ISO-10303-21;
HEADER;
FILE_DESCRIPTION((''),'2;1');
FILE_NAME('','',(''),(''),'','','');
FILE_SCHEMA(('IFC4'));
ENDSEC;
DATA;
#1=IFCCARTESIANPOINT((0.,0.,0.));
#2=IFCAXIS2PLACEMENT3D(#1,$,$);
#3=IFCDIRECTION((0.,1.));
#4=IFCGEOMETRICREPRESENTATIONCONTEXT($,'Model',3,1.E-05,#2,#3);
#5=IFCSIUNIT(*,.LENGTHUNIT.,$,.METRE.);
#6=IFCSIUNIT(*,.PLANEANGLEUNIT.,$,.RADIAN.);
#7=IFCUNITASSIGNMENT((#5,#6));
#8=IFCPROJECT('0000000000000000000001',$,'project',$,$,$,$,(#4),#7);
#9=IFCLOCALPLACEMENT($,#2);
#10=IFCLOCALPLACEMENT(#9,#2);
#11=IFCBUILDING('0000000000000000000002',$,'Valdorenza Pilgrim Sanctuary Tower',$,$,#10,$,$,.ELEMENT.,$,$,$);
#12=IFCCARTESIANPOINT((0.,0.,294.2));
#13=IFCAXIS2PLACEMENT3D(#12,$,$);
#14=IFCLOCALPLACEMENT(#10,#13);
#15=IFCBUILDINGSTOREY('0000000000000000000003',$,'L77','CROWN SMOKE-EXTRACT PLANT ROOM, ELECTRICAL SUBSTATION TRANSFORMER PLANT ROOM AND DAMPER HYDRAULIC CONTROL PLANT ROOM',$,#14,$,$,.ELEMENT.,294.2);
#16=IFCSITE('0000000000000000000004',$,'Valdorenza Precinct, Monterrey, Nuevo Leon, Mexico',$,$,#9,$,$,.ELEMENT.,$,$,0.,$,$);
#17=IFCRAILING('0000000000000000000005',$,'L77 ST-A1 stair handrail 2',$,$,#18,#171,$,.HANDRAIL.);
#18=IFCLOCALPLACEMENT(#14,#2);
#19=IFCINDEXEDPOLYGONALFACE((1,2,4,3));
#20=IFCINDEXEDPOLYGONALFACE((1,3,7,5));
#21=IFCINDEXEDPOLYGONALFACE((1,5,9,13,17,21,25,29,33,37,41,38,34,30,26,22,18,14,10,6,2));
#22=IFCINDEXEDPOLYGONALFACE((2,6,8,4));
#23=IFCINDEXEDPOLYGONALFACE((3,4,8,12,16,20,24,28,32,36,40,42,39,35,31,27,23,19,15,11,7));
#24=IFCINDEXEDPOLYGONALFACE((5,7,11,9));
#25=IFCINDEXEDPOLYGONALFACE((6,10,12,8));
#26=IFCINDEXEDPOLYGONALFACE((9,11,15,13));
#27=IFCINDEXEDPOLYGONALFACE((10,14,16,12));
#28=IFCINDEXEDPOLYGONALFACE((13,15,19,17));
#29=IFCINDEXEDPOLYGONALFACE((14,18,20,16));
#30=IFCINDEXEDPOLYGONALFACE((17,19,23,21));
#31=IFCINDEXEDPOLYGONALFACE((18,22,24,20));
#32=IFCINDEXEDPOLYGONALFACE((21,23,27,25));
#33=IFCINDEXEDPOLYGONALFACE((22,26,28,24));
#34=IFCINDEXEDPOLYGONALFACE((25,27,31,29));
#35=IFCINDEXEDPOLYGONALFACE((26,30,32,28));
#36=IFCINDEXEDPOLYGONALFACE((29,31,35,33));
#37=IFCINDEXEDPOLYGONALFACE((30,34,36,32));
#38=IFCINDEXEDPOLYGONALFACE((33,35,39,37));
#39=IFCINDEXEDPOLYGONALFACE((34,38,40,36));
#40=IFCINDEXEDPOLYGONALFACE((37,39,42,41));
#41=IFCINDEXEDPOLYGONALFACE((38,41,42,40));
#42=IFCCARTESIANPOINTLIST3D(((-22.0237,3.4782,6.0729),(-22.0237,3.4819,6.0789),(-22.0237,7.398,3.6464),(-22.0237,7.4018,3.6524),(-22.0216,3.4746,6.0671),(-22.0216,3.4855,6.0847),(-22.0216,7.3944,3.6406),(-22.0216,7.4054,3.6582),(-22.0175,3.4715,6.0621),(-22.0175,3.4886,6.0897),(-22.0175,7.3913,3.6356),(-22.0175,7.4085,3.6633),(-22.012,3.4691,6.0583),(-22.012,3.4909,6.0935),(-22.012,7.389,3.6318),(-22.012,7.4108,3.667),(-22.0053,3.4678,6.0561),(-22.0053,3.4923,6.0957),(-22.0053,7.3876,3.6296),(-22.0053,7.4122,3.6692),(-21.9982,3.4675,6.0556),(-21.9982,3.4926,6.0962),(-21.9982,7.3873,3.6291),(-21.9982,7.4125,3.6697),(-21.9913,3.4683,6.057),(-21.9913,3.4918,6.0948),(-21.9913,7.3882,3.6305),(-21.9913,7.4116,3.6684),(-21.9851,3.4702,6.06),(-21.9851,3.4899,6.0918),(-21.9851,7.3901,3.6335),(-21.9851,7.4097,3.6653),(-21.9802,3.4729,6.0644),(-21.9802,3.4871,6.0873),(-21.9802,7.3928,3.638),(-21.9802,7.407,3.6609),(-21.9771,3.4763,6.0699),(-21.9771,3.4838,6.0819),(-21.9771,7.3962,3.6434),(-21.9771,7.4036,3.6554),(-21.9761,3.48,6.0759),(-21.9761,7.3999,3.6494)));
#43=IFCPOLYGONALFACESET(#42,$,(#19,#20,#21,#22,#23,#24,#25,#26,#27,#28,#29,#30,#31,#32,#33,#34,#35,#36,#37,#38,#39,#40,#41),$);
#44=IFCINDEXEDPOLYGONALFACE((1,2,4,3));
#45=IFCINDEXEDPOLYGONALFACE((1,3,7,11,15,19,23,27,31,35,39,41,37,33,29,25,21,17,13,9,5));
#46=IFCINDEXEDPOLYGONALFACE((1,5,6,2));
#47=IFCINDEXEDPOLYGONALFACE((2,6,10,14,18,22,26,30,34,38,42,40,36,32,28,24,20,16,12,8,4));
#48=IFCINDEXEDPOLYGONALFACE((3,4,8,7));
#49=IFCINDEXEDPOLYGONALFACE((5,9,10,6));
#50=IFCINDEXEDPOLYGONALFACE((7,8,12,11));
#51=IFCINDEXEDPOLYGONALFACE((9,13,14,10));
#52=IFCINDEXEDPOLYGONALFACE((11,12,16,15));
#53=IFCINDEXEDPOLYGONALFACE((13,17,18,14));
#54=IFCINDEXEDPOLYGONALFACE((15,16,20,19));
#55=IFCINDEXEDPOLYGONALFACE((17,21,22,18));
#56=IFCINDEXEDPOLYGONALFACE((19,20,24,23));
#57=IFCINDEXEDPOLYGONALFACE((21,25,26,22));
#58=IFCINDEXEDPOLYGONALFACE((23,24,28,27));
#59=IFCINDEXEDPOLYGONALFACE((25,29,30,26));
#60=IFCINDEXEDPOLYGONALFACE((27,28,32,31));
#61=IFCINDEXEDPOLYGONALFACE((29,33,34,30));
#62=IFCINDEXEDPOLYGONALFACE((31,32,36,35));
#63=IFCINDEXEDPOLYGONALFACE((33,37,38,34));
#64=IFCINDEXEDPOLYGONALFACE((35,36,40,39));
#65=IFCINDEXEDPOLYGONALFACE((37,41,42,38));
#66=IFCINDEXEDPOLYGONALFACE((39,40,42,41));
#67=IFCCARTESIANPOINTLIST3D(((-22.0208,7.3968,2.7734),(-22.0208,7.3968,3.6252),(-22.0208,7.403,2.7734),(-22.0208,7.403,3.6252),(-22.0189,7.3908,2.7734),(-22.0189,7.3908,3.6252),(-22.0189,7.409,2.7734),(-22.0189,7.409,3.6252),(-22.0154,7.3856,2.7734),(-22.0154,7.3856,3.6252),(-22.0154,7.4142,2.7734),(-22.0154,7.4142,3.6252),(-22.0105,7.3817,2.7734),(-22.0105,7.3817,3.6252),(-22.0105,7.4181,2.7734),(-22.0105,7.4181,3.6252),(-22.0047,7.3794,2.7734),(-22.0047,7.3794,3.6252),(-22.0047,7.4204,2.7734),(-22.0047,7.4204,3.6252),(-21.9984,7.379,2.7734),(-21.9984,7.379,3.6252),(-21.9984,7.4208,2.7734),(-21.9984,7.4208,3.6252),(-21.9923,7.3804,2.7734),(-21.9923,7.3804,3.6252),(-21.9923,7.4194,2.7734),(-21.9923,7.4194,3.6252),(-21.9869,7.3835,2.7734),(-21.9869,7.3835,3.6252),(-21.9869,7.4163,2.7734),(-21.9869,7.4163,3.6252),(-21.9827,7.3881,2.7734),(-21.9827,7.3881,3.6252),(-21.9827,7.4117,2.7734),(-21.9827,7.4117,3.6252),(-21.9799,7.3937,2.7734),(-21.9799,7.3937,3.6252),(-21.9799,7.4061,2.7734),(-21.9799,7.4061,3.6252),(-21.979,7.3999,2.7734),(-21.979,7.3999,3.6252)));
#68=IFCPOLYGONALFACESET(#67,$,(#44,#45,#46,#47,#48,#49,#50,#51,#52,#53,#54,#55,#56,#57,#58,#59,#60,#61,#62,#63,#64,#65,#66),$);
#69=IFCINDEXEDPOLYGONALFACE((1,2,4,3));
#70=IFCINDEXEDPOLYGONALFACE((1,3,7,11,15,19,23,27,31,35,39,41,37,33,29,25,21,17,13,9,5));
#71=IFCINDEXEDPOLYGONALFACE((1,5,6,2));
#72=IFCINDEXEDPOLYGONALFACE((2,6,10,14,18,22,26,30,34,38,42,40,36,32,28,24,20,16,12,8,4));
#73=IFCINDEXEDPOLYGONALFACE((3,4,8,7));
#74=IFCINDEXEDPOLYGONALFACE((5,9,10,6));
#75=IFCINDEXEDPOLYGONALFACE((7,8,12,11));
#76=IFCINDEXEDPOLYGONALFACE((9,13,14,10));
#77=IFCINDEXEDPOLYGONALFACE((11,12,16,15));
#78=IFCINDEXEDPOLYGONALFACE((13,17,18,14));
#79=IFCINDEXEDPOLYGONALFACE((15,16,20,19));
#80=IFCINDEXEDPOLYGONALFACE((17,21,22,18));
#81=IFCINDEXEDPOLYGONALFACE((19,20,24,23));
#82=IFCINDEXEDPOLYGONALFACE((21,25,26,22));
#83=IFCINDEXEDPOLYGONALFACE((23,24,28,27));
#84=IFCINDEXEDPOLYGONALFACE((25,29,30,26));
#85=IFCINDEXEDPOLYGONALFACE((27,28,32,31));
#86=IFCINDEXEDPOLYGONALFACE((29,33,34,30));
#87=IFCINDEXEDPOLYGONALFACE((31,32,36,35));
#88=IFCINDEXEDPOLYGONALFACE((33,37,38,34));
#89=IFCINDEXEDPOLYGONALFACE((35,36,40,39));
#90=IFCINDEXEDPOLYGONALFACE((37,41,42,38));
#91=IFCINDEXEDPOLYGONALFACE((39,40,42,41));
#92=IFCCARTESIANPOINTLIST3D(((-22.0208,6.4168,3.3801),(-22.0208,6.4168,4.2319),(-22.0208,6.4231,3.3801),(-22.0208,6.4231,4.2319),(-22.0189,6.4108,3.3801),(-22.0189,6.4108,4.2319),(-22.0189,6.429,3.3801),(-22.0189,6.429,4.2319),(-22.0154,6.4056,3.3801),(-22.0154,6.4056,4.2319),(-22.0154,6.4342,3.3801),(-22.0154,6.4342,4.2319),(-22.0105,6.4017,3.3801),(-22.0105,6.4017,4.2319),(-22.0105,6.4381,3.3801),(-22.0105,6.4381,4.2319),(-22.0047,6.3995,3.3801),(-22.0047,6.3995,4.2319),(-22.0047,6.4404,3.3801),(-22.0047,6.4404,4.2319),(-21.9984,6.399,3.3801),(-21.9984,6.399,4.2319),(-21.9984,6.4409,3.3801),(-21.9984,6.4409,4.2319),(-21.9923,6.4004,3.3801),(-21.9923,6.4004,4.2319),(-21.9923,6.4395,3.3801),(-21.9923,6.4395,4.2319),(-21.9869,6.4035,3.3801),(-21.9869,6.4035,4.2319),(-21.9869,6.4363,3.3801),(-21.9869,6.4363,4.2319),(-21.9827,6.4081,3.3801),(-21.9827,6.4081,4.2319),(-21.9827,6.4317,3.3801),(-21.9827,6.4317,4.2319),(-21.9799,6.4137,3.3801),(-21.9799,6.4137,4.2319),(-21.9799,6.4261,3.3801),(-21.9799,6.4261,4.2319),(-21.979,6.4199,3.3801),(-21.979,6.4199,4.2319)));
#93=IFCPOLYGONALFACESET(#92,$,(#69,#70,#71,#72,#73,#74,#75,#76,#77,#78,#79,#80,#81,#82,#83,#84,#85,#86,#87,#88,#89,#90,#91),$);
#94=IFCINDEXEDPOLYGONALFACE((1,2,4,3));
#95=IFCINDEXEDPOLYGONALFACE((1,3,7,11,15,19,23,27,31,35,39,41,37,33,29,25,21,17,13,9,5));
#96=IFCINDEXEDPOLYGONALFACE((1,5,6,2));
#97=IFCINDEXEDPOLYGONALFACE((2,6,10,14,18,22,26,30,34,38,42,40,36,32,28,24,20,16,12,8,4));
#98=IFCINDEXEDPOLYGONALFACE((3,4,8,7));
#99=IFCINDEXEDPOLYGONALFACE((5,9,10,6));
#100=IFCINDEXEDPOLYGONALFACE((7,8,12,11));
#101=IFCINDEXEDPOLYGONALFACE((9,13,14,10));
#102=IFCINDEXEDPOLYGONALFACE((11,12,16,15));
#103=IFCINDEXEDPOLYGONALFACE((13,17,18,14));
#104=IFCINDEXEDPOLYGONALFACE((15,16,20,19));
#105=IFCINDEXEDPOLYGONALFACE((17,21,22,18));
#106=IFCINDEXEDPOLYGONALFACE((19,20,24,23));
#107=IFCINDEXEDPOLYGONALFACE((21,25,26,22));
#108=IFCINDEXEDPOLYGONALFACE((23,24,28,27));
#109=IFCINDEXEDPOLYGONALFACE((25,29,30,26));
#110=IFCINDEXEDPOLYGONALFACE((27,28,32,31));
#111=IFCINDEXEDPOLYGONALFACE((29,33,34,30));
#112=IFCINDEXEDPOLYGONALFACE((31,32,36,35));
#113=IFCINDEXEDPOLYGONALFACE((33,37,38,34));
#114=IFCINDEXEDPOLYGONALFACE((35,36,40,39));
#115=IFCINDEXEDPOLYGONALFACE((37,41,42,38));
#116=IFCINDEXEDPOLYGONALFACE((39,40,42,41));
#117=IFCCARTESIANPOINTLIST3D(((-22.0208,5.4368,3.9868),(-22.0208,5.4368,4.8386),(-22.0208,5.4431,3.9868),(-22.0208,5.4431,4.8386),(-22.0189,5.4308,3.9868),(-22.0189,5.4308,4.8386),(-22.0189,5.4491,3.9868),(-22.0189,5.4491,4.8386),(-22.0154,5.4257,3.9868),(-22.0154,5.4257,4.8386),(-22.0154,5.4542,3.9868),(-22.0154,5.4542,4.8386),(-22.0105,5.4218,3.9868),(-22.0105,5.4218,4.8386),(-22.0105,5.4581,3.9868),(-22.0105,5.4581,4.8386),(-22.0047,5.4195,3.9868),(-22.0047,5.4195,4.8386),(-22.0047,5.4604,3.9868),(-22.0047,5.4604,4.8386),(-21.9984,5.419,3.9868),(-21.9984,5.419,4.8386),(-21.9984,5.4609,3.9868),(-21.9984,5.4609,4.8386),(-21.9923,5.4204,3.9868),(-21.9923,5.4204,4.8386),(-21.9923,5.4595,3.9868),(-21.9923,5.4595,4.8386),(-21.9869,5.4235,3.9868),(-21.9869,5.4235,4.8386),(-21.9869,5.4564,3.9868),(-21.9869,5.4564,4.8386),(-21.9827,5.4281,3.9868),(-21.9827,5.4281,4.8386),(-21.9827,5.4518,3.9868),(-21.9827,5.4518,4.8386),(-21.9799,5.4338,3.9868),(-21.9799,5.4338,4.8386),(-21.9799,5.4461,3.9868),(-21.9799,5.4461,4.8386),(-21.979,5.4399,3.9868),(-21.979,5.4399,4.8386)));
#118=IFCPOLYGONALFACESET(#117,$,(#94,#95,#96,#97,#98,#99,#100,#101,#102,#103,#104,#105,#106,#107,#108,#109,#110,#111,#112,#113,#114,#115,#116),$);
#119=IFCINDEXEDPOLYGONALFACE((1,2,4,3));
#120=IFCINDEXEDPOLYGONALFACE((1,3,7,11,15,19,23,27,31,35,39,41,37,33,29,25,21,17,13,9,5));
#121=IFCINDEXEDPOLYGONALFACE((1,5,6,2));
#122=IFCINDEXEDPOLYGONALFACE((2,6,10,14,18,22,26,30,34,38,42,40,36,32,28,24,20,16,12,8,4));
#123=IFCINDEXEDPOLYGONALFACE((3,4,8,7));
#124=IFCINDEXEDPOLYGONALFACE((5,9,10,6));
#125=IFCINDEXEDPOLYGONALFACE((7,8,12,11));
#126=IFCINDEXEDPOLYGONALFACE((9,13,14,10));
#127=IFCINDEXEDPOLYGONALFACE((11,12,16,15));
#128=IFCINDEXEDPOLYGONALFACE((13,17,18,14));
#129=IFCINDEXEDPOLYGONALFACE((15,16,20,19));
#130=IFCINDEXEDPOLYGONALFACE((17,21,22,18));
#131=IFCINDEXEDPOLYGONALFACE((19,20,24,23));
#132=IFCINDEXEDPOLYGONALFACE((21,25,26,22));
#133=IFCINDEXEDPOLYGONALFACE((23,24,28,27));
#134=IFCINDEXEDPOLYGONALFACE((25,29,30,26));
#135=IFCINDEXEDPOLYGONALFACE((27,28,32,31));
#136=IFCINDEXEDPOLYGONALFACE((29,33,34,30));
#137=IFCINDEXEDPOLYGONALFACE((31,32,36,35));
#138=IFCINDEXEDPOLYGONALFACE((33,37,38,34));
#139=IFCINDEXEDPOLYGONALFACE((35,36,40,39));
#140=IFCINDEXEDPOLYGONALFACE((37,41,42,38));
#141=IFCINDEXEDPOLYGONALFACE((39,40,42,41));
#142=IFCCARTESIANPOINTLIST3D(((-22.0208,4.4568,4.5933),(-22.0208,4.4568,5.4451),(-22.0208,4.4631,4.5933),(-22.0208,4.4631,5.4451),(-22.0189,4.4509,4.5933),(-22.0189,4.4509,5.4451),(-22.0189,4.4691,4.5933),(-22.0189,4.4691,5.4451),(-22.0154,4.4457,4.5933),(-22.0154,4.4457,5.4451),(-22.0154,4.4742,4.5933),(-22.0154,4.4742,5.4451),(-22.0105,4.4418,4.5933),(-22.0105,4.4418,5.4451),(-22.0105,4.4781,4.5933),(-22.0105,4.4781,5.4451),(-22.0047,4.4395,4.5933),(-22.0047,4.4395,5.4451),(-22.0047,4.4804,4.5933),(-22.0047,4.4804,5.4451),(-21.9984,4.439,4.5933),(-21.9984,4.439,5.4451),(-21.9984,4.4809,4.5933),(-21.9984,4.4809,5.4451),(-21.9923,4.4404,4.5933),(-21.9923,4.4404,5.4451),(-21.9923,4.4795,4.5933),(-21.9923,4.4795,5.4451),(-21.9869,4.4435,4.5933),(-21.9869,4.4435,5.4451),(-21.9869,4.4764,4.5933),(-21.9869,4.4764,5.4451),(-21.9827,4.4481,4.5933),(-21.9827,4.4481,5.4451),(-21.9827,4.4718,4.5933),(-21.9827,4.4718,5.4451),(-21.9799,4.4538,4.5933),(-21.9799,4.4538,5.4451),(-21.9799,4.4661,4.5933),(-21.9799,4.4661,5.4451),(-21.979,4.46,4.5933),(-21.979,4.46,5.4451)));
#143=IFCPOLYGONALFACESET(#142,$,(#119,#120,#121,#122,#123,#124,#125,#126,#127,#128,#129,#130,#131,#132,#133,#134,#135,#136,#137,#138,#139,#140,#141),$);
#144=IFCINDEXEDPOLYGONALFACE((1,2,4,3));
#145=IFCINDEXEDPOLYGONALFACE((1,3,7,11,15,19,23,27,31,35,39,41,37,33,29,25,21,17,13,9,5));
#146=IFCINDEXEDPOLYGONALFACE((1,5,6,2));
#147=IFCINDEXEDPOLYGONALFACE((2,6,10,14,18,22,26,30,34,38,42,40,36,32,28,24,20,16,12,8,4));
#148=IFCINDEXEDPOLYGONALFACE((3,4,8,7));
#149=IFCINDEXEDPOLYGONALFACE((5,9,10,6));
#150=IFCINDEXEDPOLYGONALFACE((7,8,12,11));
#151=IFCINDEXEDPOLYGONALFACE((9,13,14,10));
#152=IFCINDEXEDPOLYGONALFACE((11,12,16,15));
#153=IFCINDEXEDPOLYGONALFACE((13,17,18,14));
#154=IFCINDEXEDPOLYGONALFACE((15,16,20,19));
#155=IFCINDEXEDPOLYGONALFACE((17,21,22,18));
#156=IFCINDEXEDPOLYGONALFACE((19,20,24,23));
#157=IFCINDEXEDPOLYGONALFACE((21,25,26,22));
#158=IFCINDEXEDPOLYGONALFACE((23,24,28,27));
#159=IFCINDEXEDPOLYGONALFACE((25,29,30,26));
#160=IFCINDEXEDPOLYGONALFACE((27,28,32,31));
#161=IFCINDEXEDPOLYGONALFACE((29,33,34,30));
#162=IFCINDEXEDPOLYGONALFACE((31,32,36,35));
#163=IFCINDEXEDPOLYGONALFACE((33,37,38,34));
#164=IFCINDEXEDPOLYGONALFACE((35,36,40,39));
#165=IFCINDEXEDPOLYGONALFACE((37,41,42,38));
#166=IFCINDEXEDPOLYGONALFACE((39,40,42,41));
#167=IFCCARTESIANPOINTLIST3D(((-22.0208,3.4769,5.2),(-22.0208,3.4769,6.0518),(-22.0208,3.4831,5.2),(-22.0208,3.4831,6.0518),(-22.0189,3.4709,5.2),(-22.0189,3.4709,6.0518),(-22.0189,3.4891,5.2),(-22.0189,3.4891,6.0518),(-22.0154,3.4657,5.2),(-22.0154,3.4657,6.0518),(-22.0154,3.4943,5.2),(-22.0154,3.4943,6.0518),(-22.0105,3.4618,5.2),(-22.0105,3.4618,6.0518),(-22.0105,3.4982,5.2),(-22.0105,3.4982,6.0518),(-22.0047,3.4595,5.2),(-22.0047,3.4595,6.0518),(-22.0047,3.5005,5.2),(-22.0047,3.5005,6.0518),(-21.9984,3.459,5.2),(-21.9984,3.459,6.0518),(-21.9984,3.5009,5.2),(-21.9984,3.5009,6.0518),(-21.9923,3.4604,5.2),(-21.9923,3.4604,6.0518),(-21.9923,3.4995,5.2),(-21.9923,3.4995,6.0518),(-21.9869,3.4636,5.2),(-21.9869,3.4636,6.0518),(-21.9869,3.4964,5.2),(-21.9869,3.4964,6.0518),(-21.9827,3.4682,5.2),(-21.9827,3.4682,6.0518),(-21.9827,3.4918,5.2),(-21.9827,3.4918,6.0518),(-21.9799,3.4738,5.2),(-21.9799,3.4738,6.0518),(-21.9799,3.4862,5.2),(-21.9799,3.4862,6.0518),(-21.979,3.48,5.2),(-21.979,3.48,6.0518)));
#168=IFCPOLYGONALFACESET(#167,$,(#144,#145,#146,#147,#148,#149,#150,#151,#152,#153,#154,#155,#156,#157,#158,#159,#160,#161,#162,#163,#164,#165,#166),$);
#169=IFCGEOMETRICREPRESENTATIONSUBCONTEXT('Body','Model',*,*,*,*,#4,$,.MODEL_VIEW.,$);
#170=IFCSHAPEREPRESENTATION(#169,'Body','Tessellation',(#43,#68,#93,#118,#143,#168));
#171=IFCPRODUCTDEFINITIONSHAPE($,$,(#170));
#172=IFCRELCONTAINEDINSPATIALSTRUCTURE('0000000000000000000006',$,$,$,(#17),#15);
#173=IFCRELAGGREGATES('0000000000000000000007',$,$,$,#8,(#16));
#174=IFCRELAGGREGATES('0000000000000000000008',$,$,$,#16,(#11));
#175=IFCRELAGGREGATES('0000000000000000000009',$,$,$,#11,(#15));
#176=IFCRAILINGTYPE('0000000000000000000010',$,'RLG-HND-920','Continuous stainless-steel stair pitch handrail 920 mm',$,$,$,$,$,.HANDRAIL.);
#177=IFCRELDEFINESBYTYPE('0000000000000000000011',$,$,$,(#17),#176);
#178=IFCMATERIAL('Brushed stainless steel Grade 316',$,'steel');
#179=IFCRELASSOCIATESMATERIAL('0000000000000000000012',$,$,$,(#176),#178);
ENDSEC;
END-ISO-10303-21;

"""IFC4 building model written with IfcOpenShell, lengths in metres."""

from ifc_helpers import new_model, si_unit, direction, frame, origin, origin_2d, place, context, subcontext, project, spatial, circle, extrude, material, type_object, element, save


model = new_model("IFC4")

# Units and contexts
model_context = context("Model", 3, precision=1e-05, world=origin(), true_north=direction((0.0, 1.0)))
body_context = subcontext(model_context, "Body", "Model", "MODEL_VIEW")
ifc_project = project(units=[si_unit("LENGTHUNIT", "METRE"), si_unit("PLANEANGLEUNIT", "RADIAN")], contexts=[model_context])

# Site, building, storey
site_placement = place(None, origin())
site = spatial("IfcSite", under=ifc_project, at=site_placement, Name="Valdorenza Precinct, Monterrey, Nuevo Leon, Mexico", CompositionType="ELEMENT", RefElevation=0.0)
building_placement = place(site_placement, origin())
building = spatial("IfcBuilding", under=site, at=building_placement, Name="Valdorenza Pilgrim Sanctuary Tower", CompositionType="ELEMENT")
storey_placement = place(building_placement, frame((0.0, 0.0, 294.2)))
storey = spatial("IfcBuildingStorey", under=building, at=storey_placement, Name="L77", Description="CROWN SMOKE-EXTRACT PLANT ROOM, ELECTRICAL SUBSTATION TRANSFORMER PLANT ROOM AND DAMPER HYDRAULIC CONTROL PLANT ROOM", CompositionType="ELEMENT", Elevation=294.2)

# Shared definitions
ifc_material_1 = material(Name="Brushed stainless steel Grade 316", Category="steel")

# Railing
railing_type_1 = type_object("IfcRailingType", Name="RLG-HND-920", Description="Continuous stainless-steel stair pitch handrail 920 mm", PredefinedType="HANDRAIL", material=ifc_material_1)
railing_1_placement = place(storey_placement, frame((-22.0, 7.3999, 2.7734)))
element("IfcRailing", 1, at=railing_1_placement, inside=storey, type_object=railing_type_1, Name="L77 ST-A1 stair handrail 2", PredefinedType="HANDRAIL", context=body_context, shape_type="SweptSolid", body=[
    extrude(circle(Radius=0.0239, at=origin_2d()), frame((0.0, 0.0, 0.876), z_axis=(0.0, -0.850275, 0.526338), x_axis=(1.0, 0.0, 0.0)), (0.0, 0.0, 1.0), 4.6101),
    extrude(circle(Radius=0.021, at=origin_2d()), origin(), (0.0, 0.0, 1.0), 0.8518),
    extrude(circle(Radius=0.021, at=origin_2d()), frame((0.0, -0.98, 0.6067)), (0.0, 0.0, 1.0), 0.8518),
    extrude(circle(Radius=0.021, at=origin_2d()), frame((0.0, -1.96, 1.2134)), (0.0, 0.0, 1.0), 0.8518),
    extrude(circle(Radius=0.021, at=origin_2d()), frame((0.0, -2.9399, 1.8198)), (0.0, 0.0, 1.0), 0.8518),
    extrude(circle(Radius=0.021, at=origin_2d()), frame((0.0, -3.9199, 2.4265)), (0.0, 0.0, 1.0), 0.8518),
])

save(model, "model.ifc")
